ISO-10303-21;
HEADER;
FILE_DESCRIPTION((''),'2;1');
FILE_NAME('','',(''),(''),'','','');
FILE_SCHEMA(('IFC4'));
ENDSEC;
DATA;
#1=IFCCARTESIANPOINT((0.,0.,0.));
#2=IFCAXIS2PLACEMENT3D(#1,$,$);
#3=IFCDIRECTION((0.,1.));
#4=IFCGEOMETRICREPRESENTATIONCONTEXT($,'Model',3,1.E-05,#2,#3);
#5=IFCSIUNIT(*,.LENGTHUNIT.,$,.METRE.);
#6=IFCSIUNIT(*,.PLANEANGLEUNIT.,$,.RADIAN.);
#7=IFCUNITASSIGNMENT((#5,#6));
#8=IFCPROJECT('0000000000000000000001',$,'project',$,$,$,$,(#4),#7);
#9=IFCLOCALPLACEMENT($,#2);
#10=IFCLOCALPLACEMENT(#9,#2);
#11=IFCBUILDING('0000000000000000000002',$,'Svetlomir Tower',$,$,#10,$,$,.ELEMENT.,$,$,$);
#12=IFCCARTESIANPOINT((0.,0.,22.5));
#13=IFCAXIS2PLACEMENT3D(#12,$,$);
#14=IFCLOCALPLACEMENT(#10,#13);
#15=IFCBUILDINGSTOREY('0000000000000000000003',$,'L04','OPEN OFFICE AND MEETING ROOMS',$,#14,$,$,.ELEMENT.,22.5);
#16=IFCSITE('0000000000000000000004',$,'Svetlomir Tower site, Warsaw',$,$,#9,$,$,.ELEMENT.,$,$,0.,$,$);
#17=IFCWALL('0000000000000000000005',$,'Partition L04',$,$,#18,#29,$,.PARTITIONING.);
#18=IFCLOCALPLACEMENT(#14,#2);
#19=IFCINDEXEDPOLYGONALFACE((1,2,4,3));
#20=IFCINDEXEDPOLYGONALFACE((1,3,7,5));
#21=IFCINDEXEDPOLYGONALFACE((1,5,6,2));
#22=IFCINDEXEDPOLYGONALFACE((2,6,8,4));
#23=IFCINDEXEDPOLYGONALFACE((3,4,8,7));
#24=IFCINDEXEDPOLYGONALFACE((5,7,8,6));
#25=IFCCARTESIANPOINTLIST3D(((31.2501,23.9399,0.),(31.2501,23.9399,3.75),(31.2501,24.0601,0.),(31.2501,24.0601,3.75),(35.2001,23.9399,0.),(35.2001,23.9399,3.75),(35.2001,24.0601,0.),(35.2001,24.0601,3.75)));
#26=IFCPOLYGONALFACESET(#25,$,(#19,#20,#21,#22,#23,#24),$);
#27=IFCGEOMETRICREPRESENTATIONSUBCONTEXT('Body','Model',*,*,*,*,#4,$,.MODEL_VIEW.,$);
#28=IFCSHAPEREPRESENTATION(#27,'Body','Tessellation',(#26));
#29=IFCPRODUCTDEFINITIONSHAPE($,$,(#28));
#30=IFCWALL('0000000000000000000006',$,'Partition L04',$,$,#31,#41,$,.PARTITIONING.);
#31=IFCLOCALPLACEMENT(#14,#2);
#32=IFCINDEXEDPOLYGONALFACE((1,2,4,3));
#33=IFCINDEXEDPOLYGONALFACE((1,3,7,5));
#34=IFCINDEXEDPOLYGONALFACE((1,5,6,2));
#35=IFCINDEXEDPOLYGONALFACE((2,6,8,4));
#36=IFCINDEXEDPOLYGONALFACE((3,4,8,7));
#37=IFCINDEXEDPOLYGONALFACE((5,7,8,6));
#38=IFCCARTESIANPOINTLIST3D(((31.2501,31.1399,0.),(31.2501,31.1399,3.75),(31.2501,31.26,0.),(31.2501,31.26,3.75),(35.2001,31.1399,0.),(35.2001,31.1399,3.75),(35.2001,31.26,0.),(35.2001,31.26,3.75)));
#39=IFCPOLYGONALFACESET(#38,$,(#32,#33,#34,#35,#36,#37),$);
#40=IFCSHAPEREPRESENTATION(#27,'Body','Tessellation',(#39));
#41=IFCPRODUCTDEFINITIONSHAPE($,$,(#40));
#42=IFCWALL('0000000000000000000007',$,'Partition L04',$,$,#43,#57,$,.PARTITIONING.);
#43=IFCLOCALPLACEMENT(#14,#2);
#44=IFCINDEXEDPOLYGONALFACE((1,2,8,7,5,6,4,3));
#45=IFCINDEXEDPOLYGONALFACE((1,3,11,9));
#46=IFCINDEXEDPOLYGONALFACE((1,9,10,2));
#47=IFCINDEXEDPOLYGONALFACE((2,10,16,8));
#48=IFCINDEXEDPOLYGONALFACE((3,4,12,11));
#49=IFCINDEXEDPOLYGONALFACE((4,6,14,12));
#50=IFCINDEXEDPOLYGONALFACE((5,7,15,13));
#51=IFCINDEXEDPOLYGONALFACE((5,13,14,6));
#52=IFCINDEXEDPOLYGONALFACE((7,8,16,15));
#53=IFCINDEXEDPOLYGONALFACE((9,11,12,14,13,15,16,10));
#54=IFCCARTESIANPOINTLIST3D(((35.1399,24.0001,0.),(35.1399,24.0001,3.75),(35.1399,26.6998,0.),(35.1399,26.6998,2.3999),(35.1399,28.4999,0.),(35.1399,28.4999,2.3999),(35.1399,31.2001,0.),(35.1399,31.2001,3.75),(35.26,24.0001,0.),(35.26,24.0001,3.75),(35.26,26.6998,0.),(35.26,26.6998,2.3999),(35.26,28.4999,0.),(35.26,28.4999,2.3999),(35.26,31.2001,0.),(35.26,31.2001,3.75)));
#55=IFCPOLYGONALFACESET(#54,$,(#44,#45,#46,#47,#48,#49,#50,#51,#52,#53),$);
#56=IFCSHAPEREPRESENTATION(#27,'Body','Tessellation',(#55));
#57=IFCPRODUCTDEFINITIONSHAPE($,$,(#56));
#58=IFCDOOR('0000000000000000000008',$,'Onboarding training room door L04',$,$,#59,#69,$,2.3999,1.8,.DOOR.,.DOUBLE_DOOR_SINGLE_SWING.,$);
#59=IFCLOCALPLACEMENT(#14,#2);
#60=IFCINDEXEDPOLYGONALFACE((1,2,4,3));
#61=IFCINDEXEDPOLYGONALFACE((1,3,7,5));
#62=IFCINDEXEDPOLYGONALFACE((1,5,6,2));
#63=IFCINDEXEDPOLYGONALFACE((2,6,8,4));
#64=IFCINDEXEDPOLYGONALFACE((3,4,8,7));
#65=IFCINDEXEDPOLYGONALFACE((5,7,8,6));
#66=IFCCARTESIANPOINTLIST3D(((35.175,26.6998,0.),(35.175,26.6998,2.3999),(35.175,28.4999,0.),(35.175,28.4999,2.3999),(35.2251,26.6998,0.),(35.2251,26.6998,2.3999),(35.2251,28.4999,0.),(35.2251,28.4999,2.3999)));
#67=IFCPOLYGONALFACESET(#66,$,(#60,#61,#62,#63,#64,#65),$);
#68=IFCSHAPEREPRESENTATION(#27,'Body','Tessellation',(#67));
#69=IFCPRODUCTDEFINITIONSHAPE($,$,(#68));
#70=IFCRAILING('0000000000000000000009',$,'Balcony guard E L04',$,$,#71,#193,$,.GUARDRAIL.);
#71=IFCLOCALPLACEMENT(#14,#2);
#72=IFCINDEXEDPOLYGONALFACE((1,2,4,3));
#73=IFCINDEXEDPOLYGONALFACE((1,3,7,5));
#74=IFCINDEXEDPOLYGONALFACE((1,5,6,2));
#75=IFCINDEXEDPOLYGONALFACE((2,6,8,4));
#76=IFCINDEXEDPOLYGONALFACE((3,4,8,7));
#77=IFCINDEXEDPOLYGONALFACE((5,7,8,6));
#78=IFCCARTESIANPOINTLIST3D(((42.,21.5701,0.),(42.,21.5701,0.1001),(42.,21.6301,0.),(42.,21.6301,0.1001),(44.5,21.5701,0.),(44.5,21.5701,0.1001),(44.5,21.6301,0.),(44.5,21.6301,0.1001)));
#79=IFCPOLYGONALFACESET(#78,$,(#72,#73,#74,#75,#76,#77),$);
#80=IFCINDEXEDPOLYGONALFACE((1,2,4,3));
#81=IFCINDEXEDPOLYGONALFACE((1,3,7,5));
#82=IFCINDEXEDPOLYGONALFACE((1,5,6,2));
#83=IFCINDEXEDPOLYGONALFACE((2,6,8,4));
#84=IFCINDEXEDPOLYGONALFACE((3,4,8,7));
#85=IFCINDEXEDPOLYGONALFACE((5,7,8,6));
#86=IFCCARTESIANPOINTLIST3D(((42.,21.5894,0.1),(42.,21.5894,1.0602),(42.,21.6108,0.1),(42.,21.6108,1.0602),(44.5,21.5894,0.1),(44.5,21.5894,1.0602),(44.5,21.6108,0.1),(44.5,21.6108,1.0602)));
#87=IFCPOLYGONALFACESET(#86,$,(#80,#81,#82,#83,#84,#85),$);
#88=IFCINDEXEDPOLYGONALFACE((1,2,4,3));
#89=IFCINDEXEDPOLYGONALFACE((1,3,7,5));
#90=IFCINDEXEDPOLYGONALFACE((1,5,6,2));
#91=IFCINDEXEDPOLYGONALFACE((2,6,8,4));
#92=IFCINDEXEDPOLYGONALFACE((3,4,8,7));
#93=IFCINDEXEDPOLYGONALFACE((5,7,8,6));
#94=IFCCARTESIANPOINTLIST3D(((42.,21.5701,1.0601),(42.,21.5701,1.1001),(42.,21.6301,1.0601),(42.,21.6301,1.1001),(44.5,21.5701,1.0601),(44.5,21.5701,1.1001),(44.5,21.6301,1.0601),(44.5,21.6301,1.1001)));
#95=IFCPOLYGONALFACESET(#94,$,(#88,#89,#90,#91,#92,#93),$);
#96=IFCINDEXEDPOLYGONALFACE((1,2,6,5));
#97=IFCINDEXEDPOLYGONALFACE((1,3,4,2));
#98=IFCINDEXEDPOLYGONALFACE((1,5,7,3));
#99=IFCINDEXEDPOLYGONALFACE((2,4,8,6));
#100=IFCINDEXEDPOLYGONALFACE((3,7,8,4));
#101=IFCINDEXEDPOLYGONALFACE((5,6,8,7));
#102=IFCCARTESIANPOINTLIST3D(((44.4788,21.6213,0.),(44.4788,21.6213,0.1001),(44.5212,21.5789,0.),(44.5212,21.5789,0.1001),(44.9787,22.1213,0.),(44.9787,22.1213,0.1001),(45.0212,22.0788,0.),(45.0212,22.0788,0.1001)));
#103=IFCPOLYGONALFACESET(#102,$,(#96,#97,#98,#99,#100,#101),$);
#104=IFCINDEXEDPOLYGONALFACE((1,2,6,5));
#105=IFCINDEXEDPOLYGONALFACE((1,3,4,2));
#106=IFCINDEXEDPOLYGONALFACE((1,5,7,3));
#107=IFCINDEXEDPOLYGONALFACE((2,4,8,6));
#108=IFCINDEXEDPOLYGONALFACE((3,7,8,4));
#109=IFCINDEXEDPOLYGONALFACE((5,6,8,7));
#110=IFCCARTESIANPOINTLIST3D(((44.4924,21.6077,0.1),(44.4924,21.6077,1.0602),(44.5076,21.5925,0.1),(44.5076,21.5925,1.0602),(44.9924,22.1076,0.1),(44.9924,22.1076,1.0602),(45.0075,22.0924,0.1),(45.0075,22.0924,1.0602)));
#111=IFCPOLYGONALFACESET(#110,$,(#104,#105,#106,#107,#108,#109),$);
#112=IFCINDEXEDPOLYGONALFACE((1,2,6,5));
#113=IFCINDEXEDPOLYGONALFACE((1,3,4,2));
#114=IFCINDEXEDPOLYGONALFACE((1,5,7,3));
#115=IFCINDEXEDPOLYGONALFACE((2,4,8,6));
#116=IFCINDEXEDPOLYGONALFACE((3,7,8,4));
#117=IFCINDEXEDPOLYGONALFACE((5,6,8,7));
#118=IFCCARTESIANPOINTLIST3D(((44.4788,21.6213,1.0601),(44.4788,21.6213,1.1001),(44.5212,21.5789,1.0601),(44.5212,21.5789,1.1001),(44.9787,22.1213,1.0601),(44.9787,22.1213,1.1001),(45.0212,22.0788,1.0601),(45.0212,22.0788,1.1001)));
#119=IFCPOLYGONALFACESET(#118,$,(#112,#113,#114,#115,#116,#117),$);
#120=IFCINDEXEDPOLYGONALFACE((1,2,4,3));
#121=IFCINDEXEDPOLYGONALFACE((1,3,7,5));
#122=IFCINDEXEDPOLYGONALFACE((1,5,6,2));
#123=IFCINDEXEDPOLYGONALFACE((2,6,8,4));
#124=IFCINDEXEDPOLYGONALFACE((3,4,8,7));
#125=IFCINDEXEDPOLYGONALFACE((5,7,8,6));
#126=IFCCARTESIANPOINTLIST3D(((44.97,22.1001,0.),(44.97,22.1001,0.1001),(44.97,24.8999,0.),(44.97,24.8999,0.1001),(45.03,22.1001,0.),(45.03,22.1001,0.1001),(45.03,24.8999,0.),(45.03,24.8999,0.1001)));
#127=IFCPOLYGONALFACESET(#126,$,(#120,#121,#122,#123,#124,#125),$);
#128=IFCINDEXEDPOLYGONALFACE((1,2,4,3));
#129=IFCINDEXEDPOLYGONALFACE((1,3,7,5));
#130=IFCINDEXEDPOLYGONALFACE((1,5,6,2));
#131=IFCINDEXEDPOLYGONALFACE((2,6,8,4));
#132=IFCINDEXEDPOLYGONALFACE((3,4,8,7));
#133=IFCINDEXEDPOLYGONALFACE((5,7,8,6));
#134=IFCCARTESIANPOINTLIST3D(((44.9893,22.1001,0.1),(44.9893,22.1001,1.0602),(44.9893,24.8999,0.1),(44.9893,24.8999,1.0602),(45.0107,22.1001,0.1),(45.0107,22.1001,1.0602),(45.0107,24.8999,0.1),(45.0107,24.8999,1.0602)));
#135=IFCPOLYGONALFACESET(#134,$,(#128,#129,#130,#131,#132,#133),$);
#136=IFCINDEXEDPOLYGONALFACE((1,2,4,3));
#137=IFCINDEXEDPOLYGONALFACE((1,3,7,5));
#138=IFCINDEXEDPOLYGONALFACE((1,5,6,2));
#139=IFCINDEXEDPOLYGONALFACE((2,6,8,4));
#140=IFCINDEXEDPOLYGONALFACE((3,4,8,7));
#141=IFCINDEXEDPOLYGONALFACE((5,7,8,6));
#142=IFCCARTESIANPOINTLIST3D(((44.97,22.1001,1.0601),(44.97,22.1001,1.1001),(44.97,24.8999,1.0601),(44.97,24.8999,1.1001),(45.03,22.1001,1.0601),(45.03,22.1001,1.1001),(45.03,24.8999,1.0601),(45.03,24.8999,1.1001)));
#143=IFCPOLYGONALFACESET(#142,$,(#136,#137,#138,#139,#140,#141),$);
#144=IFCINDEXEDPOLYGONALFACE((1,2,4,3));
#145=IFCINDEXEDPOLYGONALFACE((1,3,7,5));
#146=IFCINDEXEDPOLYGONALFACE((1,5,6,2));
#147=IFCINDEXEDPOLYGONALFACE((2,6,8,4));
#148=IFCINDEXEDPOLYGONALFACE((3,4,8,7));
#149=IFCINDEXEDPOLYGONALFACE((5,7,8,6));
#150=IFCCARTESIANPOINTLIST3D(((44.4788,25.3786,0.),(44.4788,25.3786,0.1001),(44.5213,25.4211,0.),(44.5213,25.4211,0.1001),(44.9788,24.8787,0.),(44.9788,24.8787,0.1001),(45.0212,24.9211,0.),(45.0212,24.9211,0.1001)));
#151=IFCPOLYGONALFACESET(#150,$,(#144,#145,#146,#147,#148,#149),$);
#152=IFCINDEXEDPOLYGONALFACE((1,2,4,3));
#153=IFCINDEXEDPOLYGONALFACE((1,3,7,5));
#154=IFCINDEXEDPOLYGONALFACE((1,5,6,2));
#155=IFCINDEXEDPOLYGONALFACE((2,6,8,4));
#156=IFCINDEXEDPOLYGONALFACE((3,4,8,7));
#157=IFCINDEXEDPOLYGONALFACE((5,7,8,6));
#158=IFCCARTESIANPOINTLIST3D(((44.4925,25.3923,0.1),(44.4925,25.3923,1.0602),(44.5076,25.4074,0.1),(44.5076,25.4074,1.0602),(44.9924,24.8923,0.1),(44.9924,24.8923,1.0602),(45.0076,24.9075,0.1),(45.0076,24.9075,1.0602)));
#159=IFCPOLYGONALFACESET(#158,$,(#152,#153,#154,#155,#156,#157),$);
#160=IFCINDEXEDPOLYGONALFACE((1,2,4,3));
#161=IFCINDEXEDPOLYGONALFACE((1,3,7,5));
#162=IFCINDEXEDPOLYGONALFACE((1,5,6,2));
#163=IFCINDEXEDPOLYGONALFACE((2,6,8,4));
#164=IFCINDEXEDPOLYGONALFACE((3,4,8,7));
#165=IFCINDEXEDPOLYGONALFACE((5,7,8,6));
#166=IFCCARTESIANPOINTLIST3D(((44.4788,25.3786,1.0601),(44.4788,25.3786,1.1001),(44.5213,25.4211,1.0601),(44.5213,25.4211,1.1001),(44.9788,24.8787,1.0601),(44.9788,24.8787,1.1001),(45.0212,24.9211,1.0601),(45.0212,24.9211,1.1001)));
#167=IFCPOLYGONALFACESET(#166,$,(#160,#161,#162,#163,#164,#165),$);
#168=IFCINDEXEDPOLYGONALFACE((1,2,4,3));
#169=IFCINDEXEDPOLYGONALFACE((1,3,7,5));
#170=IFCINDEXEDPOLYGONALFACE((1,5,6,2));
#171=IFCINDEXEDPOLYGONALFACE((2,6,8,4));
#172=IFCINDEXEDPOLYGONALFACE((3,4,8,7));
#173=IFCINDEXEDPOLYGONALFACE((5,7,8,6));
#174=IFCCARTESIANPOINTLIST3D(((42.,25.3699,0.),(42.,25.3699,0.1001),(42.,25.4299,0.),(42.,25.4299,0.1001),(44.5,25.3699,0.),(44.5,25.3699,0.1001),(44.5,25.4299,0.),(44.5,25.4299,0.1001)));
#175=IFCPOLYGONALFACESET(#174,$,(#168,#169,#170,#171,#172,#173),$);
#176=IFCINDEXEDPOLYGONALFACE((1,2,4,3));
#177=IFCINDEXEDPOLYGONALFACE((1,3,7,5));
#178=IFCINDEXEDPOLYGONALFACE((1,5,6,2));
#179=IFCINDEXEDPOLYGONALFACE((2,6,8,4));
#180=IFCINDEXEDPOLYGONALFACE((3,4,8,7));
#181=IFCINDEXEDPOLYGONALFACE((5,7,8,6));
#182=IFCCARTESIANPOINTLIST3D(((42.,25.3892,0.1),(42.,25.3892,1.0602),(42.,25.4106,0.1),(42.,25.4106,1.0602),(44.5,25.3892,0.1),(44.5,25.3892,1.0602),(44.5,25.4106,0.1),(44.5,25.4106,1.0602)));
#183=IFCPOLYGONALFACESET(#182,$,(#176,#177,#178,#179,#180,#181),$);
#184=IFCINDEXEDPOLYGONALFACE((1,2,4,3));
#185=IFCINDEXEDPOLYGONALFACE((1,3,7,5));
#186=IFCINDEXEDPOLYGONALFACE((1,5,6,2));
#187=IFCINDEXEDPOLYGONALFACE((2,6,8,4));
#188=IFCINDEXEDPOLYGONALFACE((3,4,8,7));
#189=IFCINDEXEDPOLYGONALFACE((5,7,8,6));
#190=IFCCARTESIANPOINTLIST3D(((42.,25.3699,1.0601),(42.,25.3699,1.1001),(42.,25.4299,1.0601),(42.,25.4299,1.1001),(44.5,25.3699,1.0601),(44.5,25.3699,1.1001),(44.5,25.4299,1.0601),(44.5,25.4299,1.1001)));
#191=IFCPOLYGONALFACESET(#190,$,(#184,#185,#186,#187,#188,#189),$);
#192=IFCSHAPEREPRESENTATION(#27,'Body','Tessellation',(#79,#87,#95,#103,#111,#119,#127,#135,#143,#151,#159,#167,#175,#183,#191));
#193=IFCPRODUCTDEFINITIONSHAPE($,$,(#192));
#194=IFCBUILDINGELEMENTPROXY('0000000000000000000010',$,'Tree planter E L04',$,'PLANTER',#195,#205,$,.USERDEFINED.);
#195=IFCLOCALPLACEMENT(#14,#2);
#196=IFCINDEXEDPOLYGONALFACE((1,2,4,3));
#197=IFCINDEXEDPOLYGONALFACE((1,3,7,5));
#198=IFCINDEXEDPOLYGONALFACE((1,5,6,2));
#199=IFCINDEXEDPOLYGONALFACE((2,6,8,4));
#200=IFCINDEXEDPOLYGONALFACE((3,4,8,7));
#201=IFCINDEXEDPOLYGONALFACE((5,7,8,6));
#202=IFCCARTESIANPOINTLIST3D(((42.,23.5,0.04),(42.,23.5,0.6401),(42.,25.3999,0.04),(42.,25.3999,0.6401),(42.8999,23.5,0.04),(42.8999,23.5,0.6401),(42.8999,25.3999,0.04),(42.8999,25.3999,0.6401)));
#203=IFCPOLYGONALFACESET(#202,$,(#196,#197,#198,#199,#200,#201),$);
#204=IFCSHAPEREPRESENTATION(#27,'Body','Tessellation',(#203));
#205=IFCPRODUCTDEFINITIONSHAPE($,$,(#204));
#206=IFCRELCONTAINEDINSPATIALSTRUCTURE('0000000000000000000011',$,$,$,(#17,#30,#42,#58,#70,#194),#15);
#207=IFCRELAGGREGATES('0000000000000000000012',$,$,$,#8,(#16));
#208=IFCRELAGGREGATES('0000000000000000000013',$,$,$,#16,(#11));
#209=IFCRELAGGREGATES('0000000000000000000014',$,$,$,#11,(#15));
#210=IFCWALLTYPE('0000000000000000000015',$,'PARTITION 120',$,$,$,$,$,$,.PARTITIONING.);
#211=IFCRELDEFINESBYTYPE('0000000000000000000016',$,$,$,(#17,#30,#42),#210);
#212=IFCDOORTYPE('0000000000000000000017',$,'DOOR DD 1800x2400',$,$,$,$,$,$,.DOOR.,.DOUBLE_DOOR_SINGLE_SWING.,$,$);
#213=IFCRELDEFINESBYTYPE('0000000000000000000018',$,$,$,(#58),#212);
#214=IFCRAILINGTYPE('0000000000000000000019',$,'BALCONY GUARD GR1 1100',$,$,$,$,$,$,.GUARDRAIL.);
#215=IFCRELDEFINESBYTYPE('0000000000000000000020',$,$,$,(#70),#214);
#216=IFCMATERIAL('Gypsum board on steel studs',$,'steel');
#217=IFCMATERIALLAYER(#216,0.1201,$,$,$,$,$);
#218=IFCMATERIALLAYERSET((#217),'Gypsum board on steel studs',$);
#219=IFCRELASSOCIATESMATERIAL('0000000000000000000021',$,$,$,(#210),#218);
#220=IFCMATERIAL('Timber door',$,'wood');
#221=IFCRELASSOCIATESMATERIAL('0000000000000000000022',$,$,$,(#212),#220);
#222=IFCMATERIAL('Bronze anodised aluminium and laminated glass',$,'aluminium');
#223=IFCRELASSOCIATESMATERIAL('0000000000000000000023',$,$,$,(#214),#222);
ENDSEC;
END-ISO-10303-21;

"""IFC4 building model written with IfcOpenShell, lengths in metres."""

from ifc_helpers import new_model, si_unit, direction, frame, frame_2d, origin, origin_2d, place, context, subcontext, project, spatial, rectangle, extrude, material, layer, layer_set, type_object, element, fill, save


model = new_model("IFC4")

# Units and contexts
model_context = context("Model", 3, precision=1e-05, world=origin(), true_north=direction((0.0, 1.0)))
body_context = subcontext(model_context, "Body", "Model", "MODEL_VIEW")
ifc_project = project(units=[si_unit("LENGTHUNIT", "METRE"), si_unit("PLANEANGLEUNIT", "RADIAN")], contexts=[model_context])

# Site, building, storey
site_placement = place(None, origin())
site = spatial("IfcSite", under=ifc_project, at=site_placement, Name="Svetlomir Tower site, Warsaw", CompositionType="ELEMENT", RefElevation=0.0)
building_placement = place(site_placement, origin())
building = spatial("IfcBuilding", under=site, at=building_placement, Name="Svetlomir Tower", CompositionType="ELEMENT")
storey_placement = place(building_placement, frame((0.0, 0.0, 22.5)))
storey = spatial("IfcBuildingStorey", under=building, at=storey_placement, Name="L04", Description="OPEN OFFICE AND MEETING ROOMS", CompositionType="ELEMENT", Elevation=22.5)

# Walls
ifc_material_1 = material(Name="Gypsum board on steel studs", Category="steel")
ifc_layer_1 = layer(ifc_material_1, 0.1201)
ifc_layer_set_1 = layer_set([ifc_layer_1], Name="Gypsum board on steel studs")
wall_type_1 = type_object("IfcWallType", Name="PARTITION 120", PredefinedType="PARTITIONING", material=ifc_layer_set_1)
for number, where, z_axis, x_axis, name in (
    (1, (31.25, 24.0, 0.0), (0.0, 0.0, 1.0), (1.0, 0.0, 0.0), "Partition L04"),
    (2, (31.25, 31.2, 0.0), (0.0, 0.0, 1.0), (1.0, 0.0, 0.0), "Partition L04"),
):
    element("IfcWall", number, at=place(storey_placement, frame(where, z_axis=z_axis, x_axis=x_axis)), inside=storey, type_object=wall_type_1, Name=name, PredefinedType="PARTITIONING", context=body_context, shape_type="SweptSolid", body=[
        extrude(rectangle(XDim=3.95, YDim=0.1201, at=frame_2d((1.9751, 0.0))), origin(), (0.0, 0.0, 1.0), 3.75),
    ])

# Wall, opening, door
wall_1_placement = place(storey_placement, frame((35.2, 24.0, 0.0), z_axis=(0.0, 0.0, 1.0), x_axis=(0.0, 1.0, 0.0)))
wall_1 = element("IfcWall", 3, at=wall_1_placement, inside=storey, type_object=wall_type_1, Name="Partition L04", PredefinedType="PARTITIONING", context=body_context, shape_type="SweptSolid", body=[
    extrude(rectangle(XDim=7.2, YDim=0.1201, at=frame_2d((3.6001, 0.0))), origin(), (0.0, 0.0, 1.0), 3.75),
])
opening_1_placement = place(wall_1_placement, frame((2.7, 0.0, 0.0)))
opening_1 = element("IfcOpeningElement", 4, at=opening_1_placement, cuts=wall_1, PredefinedType="OPENING", context=body_context, shape_type="SweptSolid", body=[
    extrude(rectangle(XDim=1.8, YDim=2.3999, at=frame_2d((0.8999, 1.2))), frame((0.0, 0.0701, 0.0), z_axis=(0.0, -1.0, 0.0), x_axis=(1.0, 0.0, 0.0)), (0.0, 0.0, 1.0), 0.1401),
])
ifc_material_2 = material(Name="Timber door", Category="wood")
door_type_1 = type_object("IfcDoorType", Name="DOOR DD 1800x2400", OperationType="DOUBLE_DOOR_SINGLE_SWING", PredefinedType="DOOR", material=ifc_material_2)
door_1_placement = place(opening_1_placement, origin())
door_1 = element("IfcDoor", 5, at=door_1_placement, inside=storey, type_object=door_type_1, Name="Onboarding training room door L04", OperationType="DOUBLE_DOOR_SINGLE_SWING", OverallHeight=2.3999, OverallWidth=1.8, PredefinedType="DOOR", context=body_context, shape_type="SweptSolid", body=[
    extrude(rectangle(XDim=1.8, YDim=2.3999, at=frame_2d((0.8999, 1.2))), frame((0.0, 0.0249, 0.0), z_axis=(0.0, -1.0, 0.0), x_axis=(1.0, 0.0, 0.0)), (0.0, 0.0, 1.0), 0.05),
])
fill(opening_1, door_1)

# Railing
ifc_material_3 = material(Name="Bronze anodised aluminium and laminated glass", Category="aluminium")
railing_type = type_object("IfcRailingType", Name="BALCONY GUARD GR1 1100", PredefinedType="GUARDRAIL", material=ifc_material_3)
railing_placement = place(storey_placement, frame((42.0, 21.6001, 0.0)))
element("IfcRailing", 6, at=railing_placement, inside=storey, type_object=railing_type, Name="Balcony guard E L04", PredefinedType="GUARDRAIL", context=body_context, shape_type="SweptSolid", body=[
    extrude(rectangle(XDim=0.0601, YDim=0.1001, at=origin_2d()), frame((0.0, 0.0, 0.05), z_axis=(1.0, 0.0, 0.0), x_axis=(0.0, 1.0, 0.0)), (0.0, 0.0, 1.0), 2.5),
    extrude(rectangle(XDim=0.0215, YDim=0.9602, at=origin_2d()), frame((0.0, 0.0, 0.5801), z_axis=(1.0, 0.0, 0.0), x_axis=(0.0, 1.0, 0.0)), (0.0, 0.0, 1.0), 2.5),
    extrude(rectangle(XDim=0.0601, YDim=0.04, at=origin_2d()), frame((0.0, 0.0, 1.0801), z_axis=(1.0, 0.0, 0.0), x_axis=(0.0, 1.0, 0.0)), (0.0, 0.0, 1.0), 2.5),
    extrude(rectangle(XDim=0.0601, YDim=0.1001, at=origin_2d()), frame((2.5, 0.0, 0.05), z_axis=(0.707107, 0.707107, 0.0), x_axis=(-0.707107, 0.707107, 0.0)), (0.0, 0.0, 1.0), 0.707),
    extrude(rectangle(XDim=0.0215, YDim=0.9602, at=origin_2d()), frame((2.5, 0.0, 0.5801), z_axis=(0.707107, 0.707107, 0.0), x_axis=(-0.707107, 0.707107, 0.0)), (0.0, 0.0, 1.0), 0.707),
    extrude(rectangle(XDim=0.0601, YDim=0.04, at=origin_2d()), frame((2.5, 0.0, 1.0801), z_axis=(0.707107, 0.707107, 0.0), x_axis=(-0.707107, 0.707107, 0.0)), (0.0, 0.0, 1.0), 0.707),
    extrude(rectangle(XDim=0.0601, YDim=0.1001, at=origin_2d()), frame((3.0, 0.5, 0.05), z_axis=(0.0, 1.0, 0.0), x_axis=(-1.0, 0.0, 0.0)), (0.0, 0.0, 1.0), 2.7998),
    extrude(rectangle(XDim=0.0215, YDim=0.9602, at=origin_2d()), frame((3.0, 0.5, 0.5801), z_axis=(0.0, 1.0, 0.0), x_axis=(-1.0, 0.0, 0.0)), (0.0, 0.0, 1.0), 2.7998),
    extrude(rectangle(XDim=0.0601, YDim=0.04, at=origin_2d()), frame((3.0, 0.5, 1.0801), z_axis=(0.0, 1.0, 0.0), x_axis=(-1.0, 0.0, 0.0)), (0.0, 0.0, 1.0), 2.7998),
    extrude(rectangle(XDim=0.0601, YDim=0.1001, at=origin_2d()), frame((3.0, 3.2998, 0.05), z_axis=(-0.707107, 0.707107, 0.0), x_axis=(-0.707107, -0.707107, 0.0)), (0.0, 0.0, 1.0), 0.707),
    extrude(rectangle(XDim=0.0215, YDim=0.9602, at=origin_2d()), frame((3.0, 3.2998, 0.5801), z_axis=(-0.707107, 0.707107, 0.0), x_axis=(-0.707107, -0.707107, 0.0)), (0.0, 0.0, 1.0), 0.707),
    extrude(rectangle(XDim=0.0601, YDim=0.04, at=origin_2d()), frame((3.0, 3.2998, 1.0801), z_axis=(-0.707107, 0.707107, 0.0), x_axis=(-0.707107, -0.707107, 0.0)), (0.0, 0.0, 1.0), 0.707),
    extrude(rectangle(XDim=0.0601, YDim=0.1001, at=origin_2d()), frame((2.5, 3.7998, 0.05), z_axis=(-1.0, 0.0, 0.0), x_axis=(0.0, -1.0, 0.0)), (0.0, 0.0, 1.0), 2.5),
    extrude(rectangle(XDim=0.0215, YDim=0.9602, at=origin_2d()), frame((2.5, 3.7998, 0.5801), z_axis=(-1.0, 0.0, 0.0), x_axis=(0.0, -1.0, 0.0)), (0.0, 0.0, 1.0), 2.5),
    extrude(rectangle(XDim=0.0601, YDim=0.04, at=origin_2d()), frame((2.5, 3.7998, 1.0801), z_axis=(-1.0, 0.0, 0.0), x_axis=(0.0, -1.0, 0.0)), (0.0, 0.0, 1.0), 2.5),
])

# Building element proxy
proxy_placement = place(storey_placement, frame((42.45, 24.45, 0.04), z_axis=(0.0, 0.0, 1.0), x_axis=(1.0, 0.0, 0.0)))
element("IfcBuildingElementProxy", 7, at=proxy_placement, inside=storey, Name="Tree planter E L04", ObjectType="PLANTER", PredefinedType="USERDEFINED", context=body_context, shape_type="SweptSolid", body=[
    extrude(rectangle(XDim=0.8999, YDim=1.8999, at=origin_2d()), origin(), (0.0, 0.0, 1.0), 0.6001),
])

save(model, "model.ifc")
